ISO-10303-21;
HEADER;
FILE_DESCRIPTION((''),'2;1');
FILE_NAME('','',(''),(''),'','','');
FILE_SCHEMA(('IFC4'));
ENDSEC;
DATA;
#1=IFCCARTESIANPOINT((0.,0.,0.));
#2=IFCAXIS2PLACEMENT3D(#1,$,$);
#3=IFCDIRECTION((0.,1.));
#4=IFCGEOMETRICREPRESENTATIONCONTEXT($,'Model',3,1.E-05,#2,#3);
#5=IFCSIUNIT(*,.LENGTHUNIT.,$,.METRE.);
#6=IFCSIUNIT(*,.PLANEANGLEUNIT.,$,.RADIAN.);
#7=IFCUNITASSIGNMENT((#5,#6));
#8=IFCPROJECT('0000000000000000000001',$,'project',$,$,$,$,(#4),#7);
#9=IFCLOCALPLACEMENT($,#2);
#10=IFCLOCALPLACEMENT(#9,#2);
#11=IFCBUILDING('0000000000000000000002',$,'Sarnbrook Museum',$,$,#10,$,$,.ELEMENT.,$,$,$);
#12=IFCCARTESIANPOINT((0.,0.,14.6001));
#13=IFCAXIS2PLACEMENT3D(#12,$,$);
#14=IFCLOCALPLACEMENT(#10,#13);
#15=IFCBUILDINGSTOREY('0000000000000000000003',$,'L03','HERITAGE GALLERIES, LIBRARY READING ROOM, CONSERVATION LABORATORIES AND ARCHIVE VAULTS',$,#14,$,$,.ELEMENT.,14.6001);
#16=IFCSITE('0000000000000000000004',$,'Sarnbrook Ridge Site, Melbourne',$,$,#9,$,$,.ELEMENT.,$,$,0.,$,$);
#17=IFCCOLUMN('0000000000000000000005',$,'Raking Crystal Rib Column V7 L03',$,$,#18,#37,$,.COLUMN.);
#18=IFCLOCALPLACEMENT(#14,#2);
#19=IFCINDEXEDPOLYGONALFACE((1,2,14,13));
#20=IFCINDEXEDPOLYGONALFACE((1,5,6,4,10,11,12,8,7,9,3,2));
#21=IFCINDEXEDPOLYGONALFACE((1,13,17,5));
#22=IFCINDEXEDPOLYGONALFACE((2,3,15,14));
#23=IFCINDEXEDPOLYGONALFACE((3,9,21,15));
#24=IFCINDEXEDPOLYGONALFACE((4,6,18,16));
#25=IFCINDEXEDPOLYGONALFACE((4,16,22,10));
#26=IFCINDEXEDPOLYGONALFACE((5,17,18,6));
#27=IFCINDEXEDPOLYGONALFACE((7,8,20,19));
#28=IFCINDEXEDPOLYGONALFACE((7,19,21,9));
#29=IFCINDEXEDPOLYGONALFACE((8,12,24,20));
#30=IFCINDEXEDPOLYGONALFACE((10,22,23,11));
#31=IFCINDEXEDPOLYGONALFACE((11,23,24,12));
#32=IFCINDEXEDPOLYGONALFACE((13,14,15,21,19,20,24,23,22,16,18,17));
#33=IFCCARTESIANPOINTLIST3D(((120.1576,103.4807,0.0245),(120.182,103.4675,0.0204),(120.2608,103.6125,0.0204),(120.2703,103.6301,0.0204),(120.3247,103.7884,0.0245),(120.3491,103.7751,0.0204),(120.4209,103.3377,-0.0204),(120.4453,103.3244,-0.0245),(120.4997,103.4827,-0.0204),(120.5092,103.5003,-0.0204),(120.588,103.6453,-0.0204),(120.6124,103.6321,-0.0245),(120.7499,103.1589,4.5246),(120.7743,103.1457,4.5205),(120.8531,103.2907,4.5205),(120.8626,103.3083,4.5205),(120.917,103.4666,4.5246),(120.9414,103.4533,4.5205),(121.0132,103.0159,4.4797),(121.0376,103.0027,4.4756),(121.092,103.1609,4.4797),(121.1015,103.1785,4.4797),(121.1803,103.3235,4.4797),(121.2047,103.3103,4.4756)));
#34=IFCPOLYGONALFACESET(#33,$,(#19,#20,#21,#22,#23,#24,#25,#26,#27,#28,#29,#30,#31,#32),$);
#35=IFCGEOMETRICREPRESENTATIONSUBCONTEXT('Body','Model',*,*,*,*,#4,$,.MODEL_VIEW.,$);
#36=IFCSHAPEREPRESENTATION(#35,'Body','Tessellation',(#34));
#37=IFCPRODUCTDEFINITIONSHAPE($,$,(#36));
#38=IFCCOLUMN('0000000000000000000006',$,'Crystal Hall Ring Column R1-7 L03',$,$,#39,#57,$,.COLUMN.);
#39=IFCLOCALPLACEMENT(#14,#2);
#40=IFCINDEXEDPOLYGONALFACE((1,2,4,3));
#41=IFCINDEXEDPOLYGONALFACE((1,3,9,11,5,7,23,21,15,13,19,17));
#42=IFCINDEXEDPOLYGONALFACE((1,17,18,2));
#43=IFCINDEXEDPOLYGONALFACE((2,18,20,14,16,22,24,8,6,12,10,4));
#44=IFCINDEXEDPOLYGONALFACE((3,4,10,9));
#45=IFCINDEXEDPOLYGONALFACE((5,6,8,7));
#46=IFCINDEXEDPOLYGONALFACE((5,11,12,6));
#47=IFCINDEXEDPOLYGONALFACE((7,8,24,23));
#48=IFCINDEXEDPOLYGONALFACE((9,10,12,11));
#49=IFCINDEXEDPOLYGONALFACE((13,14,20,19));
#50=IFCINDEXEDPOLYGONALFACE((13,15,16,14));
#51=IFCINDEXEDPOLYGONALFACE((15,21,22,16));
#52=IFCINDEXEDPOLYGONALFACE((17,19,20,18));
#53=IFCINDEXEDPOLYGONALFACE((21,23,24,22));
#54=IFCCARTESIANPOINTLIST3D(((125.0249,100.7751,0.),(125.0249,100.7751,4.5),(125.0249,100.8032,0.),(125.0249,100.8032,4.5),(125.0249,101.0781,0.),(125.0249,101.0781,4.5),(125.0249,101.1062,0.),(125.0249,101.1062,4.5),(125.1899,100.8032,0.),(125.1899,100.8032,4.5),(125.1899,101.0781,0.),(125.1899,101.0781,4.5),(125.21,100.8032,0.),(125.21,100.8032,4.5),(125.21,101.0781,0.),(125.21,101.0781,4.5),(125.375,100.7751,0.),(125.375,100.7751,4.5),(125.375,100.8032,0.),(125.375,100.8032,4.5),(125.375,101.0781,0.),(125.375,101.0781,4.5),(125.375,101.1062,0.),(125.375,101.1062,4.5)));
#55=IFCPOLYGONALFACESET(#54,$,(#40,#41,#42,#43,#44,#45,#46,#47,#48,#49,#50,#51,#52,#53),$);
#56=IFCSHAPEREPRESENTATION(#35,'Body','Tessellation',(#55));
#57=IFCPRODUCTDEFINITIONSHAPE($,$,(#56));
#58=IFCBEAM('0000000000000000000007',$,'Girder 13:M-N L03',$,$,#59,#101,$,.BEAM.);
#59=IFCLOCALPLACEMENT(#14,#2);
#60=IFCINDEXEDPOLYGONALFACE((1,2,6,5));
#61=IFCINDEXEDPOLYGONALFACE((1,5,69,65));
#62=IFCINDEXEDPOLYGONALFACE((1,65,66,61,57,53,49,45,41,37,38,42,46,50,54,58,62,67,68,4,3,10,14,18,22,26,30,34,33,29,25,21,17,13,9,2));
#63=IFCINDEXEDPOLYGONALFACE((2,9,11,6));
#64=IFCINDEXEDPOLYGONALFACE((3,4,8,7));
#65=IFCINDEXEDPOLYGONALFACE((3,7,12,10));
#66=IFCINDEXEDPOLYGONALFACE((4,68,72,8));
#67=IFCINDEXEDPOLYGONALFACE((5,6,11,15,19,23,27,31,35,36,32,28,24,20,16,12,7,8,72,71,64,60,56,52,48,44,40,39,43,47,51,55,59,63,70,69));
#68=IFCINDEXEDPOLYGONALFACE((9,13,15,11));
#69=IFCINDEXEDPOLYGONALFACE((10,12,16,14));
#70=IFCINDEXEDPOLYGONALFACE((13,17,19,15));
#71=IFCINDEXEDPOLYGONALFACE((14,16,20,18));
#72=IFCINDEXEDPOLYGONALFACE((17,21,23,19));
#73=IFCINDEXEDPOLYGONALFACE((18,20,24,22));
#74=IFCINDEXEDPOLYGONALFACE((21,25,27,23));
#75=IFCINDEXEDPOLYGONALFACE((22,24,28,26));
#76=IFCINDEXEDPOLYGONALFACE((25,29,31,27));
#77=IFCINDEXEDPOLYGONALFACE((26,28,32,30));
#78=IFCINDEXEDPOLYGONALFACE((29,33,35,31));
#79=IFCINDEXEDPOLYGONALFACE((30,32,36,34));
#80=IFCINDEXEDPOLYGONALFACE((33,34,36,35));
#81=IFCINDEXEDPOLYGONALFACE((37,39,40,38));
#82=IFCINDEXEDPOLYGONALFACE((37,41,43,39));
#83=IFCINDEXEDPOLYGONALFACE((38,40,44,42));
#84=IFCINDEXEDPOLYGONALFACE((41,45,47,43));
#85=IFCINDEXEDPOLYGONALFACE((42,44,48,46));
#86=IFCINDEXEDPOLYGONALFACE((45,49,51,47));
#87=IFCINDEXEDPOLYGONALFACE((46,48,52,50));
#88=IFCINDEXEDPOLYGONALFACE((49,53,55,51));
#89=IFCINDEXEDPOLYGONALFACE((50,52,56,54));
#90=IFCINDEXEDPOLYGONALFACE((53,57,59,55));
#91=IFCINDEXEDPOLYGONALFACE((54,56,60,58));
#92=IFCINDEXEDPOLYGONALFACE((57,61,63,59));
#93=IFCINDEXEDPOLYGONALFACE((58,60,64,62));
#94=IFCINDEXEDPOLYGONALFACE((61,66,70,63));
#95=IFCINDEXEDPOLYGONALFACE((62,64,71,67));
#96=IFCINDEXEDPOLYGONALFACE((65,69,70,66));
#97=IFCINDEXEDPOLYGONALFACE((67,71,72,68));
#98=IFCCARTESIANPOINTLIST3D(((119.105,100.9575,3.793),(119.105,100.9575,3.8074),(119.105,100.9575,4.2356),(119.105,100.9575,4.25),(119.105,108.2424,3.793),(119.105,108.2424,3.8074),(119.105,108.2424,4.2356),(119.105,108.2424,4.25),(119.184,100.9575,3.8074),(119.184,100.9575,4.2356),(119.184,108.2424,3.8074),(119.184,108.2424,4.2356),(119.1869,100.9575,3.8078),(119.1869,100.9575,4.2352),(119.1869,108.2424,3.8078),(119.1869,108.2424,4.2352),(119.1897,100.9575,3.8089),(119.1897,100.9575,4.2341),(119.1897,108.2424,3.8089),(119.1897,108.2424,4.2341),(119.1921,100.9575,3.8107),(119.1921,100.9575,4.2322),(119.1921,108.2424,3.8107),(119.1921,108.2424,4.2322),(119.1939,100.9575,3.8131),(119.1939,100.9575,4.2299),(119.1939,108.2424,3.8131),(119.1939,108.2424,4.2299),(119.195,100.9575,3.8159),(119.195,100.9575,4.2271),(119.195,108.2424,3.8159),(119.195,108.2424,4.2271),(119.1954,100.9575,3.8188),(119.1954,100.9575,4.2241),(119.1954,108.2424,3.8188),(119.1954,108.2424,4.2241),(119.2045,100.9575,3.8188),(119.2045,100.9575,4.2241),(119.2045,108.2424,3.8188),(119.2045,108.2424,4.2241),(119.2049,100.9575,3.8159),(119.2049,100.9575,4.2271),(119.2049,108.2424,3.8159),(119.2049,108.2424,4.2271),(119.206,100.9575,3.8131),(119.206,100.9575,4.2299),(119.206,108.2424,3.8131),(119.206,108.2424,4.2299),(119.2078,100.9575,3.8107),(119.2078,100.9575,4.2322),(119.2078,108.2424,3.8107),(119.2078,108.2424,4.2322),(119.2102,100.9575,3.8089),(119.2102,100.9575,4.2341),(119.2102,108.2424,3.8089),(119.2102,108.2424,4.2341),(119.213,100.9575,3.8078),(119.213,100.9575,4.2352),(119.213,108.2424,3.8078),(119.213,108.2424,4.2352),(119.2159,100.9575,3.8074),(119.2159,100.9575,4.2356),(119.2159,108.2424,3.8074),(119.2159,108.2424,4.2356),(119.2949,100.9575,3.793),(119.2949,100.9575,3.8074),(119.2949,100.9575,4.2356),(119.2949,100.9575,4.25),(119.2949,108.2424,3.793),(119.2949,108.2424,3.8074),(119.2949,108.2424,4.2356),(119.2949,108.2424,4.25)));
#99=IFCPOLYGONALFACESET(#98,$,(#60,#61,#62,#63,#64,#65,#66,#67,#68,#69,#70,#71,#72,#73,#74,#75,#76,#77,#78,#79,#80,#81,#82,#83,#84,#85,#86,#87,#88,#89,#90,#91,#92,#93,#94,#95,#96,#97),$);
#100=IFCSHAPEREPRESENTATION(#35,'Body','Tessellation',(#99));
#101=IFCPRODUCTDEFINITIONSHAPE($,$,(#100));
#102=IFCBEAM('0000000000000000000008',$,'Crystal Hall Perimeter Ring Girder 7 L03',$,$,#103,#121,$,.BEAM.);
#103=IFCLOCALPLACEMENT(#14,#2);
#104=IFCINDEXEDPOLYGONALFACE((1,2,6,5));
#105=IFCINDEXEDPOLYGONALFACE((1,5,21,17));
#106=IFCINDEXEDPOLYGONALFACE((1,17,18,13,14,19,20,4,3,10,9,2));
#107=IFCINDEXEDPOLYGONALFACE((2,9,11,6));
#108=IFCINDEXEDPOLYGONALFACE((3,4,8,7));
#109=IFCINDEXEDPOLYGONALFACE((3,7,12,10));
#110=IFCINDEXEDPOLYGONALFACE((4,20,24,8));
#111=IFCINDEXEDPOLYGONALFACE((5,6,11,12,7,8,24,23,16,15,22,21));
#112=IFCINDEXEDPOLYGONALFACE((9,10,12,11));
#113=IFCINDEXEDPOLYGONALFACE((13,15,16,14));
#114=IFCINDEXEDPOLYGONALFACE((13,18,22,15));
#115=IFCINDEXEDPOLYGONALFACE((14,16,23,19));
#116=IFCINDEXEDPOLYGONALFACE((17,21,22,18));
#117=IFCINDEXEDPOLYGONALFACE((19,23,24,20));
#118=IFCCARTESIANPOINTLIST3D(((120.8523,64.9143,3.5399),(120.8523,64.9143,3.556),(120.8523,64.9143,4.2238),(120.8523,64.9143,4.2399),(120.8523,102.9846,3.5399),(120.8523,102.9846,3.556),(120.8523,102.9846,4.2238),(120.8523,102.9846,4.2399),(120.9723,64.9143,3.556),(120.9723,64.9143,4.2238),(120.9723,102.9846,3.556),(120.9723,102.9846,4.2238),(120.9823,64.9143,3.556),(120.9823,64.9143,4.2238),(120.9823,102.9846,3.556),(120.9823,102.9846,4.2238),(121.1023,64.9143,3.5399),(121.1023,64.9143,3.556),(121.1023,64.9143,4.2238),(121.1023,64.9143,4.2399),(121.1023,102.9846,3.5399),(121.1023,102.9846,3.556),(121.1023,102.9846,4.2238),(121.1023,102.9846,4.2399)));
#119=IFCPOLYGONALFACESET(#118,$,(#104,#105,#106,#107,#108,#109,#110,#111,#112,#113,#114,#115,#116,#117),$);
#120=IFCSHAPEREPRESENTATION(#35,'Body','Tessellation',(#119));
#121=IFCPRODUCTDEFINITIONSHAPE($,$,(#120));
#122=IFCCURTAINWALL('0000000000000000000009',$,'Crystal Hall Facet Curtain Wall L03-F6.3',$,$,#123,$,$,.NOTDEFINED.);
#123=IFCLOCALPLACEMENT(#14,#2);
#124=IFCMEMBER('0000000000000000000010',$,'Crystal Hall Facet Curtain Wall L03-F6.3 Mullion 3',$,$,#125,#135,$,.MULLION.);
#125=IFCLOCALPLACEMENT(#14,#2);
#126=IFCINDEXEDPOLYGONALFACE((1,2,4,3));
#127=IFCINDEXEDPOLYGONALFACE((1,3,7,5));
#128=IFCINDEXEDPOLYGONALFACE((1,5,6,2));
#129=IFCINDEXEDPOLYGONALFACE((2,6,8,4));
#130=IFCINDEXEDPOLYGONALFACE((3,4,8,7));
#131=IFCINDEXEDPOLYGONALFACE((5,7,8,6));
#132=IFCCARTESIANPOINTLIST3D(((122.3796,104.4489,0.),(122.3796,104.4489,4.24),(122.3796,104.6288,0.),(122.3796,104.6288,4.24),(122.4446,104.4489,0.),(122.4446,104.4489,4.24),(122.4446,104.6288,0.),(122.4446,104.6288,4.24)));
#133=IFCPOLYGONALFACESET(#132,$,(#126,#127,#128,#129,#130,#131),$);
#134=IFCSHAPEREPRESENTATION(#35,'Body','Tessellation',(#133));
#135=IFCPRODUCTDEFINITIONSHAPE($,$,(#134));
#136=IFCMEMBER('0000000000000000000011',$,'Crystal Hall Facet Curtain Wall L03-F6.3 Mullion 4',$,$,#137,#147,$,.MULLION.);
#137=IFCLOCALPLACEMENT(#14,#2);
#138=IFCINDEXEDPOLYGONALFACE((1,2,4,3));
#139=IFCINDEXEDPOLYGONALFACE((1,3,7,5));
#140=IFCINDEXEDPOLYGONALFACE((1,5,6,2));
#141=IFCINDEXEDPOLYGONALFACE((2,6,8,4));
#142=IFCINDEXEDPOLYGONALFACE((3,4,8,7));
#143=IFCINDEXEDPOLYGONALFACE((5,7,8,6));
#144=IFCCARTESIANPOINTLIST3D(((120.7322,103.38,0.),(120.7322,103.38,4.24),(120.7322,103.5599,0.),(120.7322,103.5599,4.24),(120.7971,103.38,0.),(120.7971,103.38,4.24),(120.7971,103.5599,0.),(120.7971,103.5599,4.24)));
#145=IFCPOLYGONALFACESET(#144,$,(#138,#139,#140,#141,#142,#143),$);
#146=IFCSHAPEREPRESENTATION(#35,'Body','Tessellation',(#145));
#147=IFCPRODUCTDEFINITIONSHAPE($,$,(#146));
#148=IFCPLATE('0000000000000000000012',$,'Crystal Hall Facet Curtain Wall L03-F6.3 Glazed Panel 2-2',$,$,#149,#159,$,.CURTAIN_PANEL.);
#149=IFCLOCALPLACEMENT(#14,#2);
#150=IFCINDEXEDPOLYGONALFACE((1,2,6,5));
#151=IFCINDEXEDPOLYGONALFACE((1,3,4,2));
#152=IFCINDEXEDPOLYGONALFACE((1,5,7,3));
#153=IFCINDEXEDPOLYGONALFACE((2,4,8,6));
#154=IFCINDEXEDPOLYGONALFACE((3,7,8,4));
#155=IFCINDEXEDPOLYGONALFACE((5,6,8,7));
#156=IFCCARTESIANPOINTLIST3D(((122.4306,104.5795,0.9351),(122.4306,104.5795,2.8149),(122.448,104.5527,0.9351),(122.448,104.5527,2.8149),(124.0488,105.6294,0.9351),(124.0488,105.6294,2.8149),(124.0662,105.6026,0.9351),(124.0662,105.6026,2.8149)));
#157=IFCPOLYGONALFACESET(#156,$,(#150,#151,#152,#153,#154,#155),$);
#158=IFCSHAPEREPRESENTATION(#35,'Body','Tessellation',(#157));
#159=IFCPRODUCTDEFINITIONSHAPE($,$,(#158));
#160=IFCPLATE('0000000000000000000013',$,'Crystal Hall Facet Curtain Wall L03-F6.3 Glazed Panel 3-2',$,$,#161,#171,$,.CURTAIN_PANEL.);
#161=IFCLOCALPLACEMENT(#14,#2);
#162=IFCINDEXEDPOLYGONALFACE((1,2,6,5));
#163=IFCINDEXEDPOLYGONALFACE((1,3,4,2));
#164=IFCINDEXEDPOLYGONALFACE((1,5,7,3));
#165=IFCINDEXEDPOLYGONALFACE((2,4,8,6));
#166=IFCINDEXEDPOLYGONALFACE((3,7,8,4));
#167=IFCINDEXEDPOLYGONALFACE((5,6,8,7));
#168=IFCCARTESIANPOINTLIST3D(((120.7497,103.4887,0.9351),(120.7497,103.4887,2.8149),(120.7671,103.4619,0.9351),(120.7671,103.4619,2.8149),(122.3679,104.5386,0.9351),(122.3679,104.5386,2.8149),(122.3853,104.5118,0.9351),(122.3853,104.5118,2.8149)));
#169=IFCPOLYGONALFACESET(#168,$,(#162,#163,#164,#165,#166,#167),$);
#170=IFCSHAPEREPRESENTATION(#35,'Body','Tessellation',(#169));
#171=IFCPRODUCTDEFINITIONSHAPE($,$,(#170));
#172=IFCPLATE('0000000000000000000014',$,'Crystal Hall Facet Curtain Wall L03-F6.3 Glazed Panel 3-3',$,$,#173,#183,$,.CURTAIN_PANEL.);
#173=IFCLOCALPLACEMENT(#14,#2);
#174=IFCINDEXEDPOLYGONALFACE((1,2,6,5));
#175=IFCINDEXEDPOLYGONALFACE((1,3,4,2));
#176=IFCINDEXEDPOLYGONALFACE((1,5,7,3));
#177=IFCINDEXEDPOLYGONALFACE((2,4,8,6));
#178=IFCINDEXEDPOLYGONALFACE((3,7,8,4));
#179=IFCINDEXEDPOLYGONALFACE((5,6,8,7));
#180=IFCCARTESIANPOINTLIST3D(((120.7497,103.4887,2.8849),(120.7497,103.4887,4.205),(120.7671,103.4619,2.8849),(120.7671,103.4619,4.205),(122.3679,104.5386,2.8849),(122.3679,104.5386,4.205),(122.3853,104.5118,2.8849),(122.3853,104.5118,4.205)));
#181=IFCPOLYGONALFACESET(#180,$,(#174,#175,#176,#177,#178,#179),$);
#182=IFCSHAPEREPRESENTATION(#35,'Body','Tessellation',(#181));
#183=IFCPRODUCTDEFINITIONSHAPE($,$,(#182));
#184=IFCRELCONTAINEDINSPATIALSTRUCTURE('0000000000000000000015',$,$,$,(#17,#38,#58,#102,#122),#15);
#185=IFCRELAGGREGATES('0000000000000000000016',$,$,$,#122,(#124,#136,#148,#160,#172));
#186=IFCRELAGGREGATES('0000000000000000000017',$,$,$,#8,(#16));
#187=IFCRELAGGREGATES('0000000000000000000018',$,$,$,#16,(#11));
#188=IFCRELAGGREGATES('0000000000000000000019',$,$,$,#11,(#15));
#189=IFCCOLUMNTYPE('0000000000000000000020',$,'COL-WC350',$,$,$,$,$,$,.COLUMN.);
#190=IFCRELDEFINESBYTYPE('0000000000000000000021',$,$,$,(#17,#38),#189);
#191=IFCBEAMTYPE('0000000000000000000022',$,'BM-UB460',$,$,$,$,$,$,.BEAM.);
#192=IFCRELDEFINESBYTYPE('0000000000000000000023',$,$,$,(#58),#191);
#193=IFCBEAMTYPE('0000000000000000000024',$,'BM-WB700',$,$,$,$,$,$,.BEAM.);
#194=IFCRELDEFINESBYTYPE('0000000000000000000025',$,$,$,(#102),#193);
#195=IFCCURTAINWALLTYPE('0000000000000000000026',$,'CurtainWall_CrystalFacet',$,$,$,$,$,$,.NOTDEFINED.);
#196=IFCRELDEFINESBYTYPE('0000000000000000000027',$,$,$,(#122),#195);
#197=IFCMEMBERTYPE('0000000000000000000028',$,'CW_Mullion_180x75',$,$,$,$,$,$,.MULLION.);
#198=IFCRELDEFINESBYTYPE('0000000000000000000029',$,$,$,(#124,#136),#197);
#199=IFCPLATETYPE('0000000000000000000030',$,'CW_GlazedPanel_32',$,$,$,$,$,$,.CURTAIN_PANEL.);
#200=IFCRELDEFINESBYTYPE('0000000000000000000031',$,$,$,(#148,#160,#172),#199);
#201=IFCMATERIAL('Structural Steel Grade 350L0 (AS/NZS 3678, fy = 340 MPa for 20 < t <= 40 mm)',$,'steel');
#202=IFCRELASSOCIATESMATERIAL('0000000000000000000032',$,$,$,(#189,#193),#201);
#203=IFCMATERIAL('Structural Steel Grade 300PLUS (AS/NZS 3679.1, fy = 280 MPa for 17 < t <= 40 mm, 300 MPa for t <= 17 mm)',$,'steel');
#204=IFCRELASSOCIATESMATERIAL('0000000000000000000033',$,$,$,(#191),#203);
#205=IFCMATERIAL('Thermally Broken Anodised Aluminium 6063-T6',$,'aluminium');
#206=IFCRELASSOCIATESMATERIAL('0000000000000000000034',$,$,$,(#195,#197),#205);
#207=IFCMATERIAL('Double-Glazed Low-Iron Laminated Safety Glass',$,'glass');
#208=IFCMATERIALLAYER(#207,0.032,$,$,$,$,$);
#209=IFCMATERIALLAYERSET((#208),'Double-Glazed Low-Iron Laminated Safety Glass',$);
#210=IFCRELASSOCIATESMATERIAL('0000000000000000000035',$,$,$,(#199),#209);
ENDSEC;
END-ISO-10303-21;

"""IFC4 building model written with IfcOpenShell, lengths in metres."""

from ifc_helpers import new_model, si_unit, direction, frame, origin, origin_2d, place, context, subcontext, project, spatial, rectangle, i_section, extrude, material, layer, layer_set, material_profile, profile_set, type_object, element, aggregate, save


model = new_model("IFC4")

# Units and contexts
model_context = context("Model", 3, precision=1e-05, world=origin(), true_north=direction((0.0, 1.0)))
body_context = subcontext(model_context, "Body", "Model", "MODEL_VIEW")
ifc_project = project(units=[si_unit("LENGTHUNIT", "METRE"), si_unit("PLANEANGLEUNIT", "RADIAN")], contexts=[model_context])

# Site, building, storey
site_placement = place(None, origin())
site = spatial("IfcSite", under=ifc_project, at=site_placement, Name="Sarnbrook Ridge Site, Melbourne", CompositionType="ELEMENT", RefElevation=0.0)
building_placement = place(site_placement, origin())
building = spatial("IfcBuilding", under=site, at=building_placement, Name="Sarnbrook Museum", CompositionType="ELEMENT")
storey_placement = place(building_placement, frame((0.0, 0.0, 14.6001)))
storey = spatial("IfcBuildingStorey", under=building, at=storey_placement, Name="L03", Description="HERITAGE GALLERIES, LIBRARY READING ROOM, CONSERVATION LABORATORIES AND ARCHIVE VAULTS", CompositionType="ELEMENT", Elevation=14.6001)

# Columns
ifc_material_1 = material(Name="Structural Steel Grade 350L0 (AS/NZS 3678, fy = 340 MPa for 20 < t <= 40 mm)", Category="steel")
ifc_material_profile_1 = material_profile(ifc_material_1, i_section(OverallWidth=0.3501, OverallDepth=0.3311, WebThickness=0.02, FlangeThickness=0.0281, at=origin_2d()), Name="350WC197")
ifc_profile_set_1 = profile_set([ifc_material_profile_1], Name="Structural Steel Grade 350L0 (AS/NZS 3678, fy = 340 MPa for 20 < t <= 40 mm)")
column_type = type_object("IfcColumnType", Name="COL-WC350", PredefinedType="COLUMN", material=ifc_profile_set_1)
column_1_placement = place(storey_placement, frame((120.385, 103.5564, 0.0), z_axis=(0.130167, -0.070717, 0.988967), x_axis=(0.47738, 0.878697, 0.0)))
element("IfcColumn", 1, at=column_1_placement, inside=storey, type_object=column_type, Name="Raking Crystal Rib Column V7 L03", PredefinedType="COLUMN", context=body_context, shape_type="SweptSolid", body=[
    extrude(i_section(OverallWidth=0.3501, OverallDepth=0.3311, WebThickness=0.02, FlangeThickness=0.0281, at=origin_2d()), origin(), (0.0, 0.0, 1.0), 4.5503),
])
column_2_placement = place(storey_placement, frame((125.2, 100.9407, 0.0), z_axis=(0.0, 0.0, 1.0), x_axis=(1.0, 0.0, 0.0)))
element("IfcColumn", 2, at=column_2_placement, inside=storey, type_object=column_type, Name="Crystal Hall Ring Column R1-7 L03", PredefinedType="COLUMN", context=body_context, shape_type="SweptSolid", body=[
    extrude(i_section(OverallWidth=0.3501, OverallDepth=0.3311, WebThickness=0.02, FlangeThickness=0.0281, at=origin_2d()), origin(), (0.0, 0.0, 1.0), 4.5),
])

# Beams
ifc_material_2 = material(Name="Structural Steel Grade 300PLUS (AS/NZS 3679.1, fy = 280 MPa for 17 < t <= 40 mm, 300 MPa for t <= 17 mm)", Category="steel")
ifc_material_profile_2 = material_profile(ifc_material_2, i_section(OverallWidth=0.1899, OverallDepth=0.457, WebThickness=0.009, FlangeThickness=0.0144, FilletRadius=0.0115, at=origin_2d()), Name="460UB74.6")
ifc_profile_set_2 = profile_set([ifc_material_profile_2], Name="Structural Steel Grade 300PLUS (AS/NZS 3679.1, fy = 280 MPa for 17 < t <= 40 mm, 300 MPa for t <= 17 mm)")
beam_type_1 = type_object("IfcBeamType", Name="BM-UB460", PredefinedType="BEAM", material=ifc_profile_set_2)
beam_1_placement = place(storey_placement, frame((119.2, 100.9575, 4.0215), z_axis=(0.0, 1.0, 0.0), x_axis=(-1.0, 0.0, 0.0)))
element("IfcBeam", 3, at=beam_1_placement, inside=storey, type_object=beam_type_1, Name="Girder 13:M-N L03", PredefinedType="BEAM", context=body_context, shape_type="SweptSolid", body=[
    extrude(i_section(OverallWidth=0.1899, OverallDepth=0.457, WebThickness=0.009, FlangeThickness=0.0144, FilletRadius=0.0115, at=origin_2d()), origin(), (0.0, 0.0, 1.0), 7.2849),
])
ifc_material_profile_3 = material_profile(ifc_material_1, i_section(OverallWidth=0.25, OverallDepth=0.7, WebThickness=0.01, FlangeThickness=0.0161, at=origin_2d()), Name="700WB130")
ifc_profile_set_3 = profile_set([ifc_material_profile_3], Name="Structural Steel Grade 350L0 (AS/NZS 3678, fy = 340 MPa for 20 < t <= 40 mm)")
beam_type_2 = type_object("IfcBeamType", Name="BM-WB700", PredefinedType="BEAM", material=ifc_profile_set_3)
beam_2_placement = place(storey_placement, frame((120.9773, 102.9846, 3.8899), z_axis=(0.0, -1.0, 0.0), x_axis=(1.0, 0.0, 0.0)))
element("IfcBeam", 4, at=beam_2_placement, inside=storey, type_object=beam_type_2, Name="Crystal Hall Perimeter Ring Girder 7 L03", PredefinedType="BEAM", context=body_context, shape_type="SweptSolid", body=[
    extrude(i_section(OverallWidth=0.25, OverallDepth=0.7, WebThickness=0.01, FlangeThickness=0.0161, at=origin_2d()), origin(), (0.0, 0.0, 1.0), 38.0703),
])

# Curtain wall, members, plates
ifc_material_3 = material(Name="Thermally Broken Anodised Aluminium 6063-T6", Category="aluminium")
curtain_wall_type = type_object("IfcCurtainWallType", Name="CurtainWall_CrystalFacet", PredefinedType="NOTDEFINED", material=ifc_material_3)
curtain_wall_placement = place(storey_placement, origin())
curtain_wall = element("IfcCurtainWall", 5, at=curtain_wall_placement, inside=storey, type_object=curtain_wall_type, Name="Crystal Hall Facet Curtain Wall L03-F6.3", PredefinedType="NOTDEFINED")
ifc_material_profile_4 = material_profile(ifc_material_3, rectangle(XDim=0.0649, YDim=0.1799, at=origin_2d()), Name="ALU MULLION 65x180")
ifc_profile_set_4 = profile_set([ifc_material_profile_4], Name="Thermally Broken Anodised Aluminium 6063-T6")
member_type = type_object("IfcMemberType", Name="CW_Mullion_180x75", PredefinedType="MULLION", material=ifc_profile_set_4)
member_1_placement = place(storey_placement, frame((122.4121, 104.5388, 0.0), z_axis=(0.0, 0.0, 1.0), x_axis=(1.0, 0.0, 0.0)))
member_1 = element("IfcMember", 6, at=member_1_placement, type_object=member_type, Name="Crystal Hall Facet Curtain Wall L03-F6.3 Mullion 3", PredefinedType="MULLION", context=body_context, shape_type="SweptSolid", body=[
    extrude(rectangle(XDim=0.0649, YDim=0.1799, at=origin_2d()), origin(), (0.0, 0.0, 1.0), 4.24),
])
member_2_placement = place(storey_placement, frame((120.7646, 103.47, 0.0), z_axis=(0.0, 0.0, 1.0), x_axis=(1.0, 0.0, 0.0)))
member_2 = element("IfcMember", 7, at=member_2_placement, type_object=member_type, Name="Crystal Hall Facet Curtain Wall L03-F6.3 Mullion 4", PredefinedType="MULLION", context=body_context, shape_type="SweptSolid", body=[
    extrude(rectangle(XDim=0.0649, YDim=0.1799, at=origin_2d()), origin(), (0.0, 0.0, 1.0), 4.24),
])
ifc_material_4 = material(Name="Double-Glazed Low-Iron Laminated Safety Glass", Category="glass")
ifc_layer_1 = layer(ifc_material_4, 0.032)
ifc_layer_set_1 = layer_set([ifc_layer_1], Name="Double-Glazed Low-Iron Laminated Safety Glass")
plate_type_1 = type_object("IfcPlateType", Name="CW_GlazedPanel_32", PredefinedType="CURTAIN_PANEL", material=ifc_layer_set_1)
plate_1_placement = place(storey_placement, frame((123.2571, 105.0776, 1.875), z_axis=(-0.544285, 0.838901, 0.0), x_axis=(-0.838901, -0.544285, 0.0)))
plate_1 = element("IfcPlate", 8, at=plate_1_placement, type_object=plate_type_1, Name="Crystal Hall Facet Curtain Wall L03-F6.3 Glazed Panel 2-2", PredefinedType="CURTAIN_PANEL", context=body_context, shape_type="SweptSolid", body=[
    extrude(rectangle(XDim=1.929, YDim=1.8799, at=origin_2d()), origin(), (0.0, 0.0, 1.0), 0.032),
])
plate_2_placement = place(storey_placement, frame((121.5762, 103.9868, 1.875), z_axis=(-0.544285, 0.838901, 0.0), x_axis=(-0.838901, -0.544285, 0.0)))
plate_2 = element("IfcPlate", 9, at=plate_2_placement, type_object=plate_type_1, Name="Crystal Hall Facet Curtain Wall L03-F6.3 Glazed Panel 3-2", PredefinedType="CURTAIN_PANEL", context=body_context, shape_type="SweptSolid", body=[
    extrude(rectangle(XDim=1.929, YDim=1.8799, at=origin_2d()), origin(), (0.0, 0.0, 1.0), 0.032),
])
plate_3_placement = place(storey_placement, frame((121.5762, 103.9868, 3.5449), z_axis=(-0.544285, 0.838901, 0.0), x_axis=(-0.838901, -0.544285, 0.0)))
plate_3 = element("IfcPlate", 10, at=plate_3_placement, type_object=plate_type_1, Name="Crystal Hall Facet Curtain Wall L03-F6.3 Glazed Panel 3-3", PredefinedType="CURTAIN_PANEL", context=body_context, shape_type="SweptSolid", body=[
    extrude(rectangle(XDim=1.929, YDim=1.3201, at=origin_2d()), origin(), (0.0, 0.0, 1.0), 0.032),
])
aggregate(curtain_wall, [member_1, member_2, plate_1, plate_2, plate_3])

save(model, "model.ifc")
